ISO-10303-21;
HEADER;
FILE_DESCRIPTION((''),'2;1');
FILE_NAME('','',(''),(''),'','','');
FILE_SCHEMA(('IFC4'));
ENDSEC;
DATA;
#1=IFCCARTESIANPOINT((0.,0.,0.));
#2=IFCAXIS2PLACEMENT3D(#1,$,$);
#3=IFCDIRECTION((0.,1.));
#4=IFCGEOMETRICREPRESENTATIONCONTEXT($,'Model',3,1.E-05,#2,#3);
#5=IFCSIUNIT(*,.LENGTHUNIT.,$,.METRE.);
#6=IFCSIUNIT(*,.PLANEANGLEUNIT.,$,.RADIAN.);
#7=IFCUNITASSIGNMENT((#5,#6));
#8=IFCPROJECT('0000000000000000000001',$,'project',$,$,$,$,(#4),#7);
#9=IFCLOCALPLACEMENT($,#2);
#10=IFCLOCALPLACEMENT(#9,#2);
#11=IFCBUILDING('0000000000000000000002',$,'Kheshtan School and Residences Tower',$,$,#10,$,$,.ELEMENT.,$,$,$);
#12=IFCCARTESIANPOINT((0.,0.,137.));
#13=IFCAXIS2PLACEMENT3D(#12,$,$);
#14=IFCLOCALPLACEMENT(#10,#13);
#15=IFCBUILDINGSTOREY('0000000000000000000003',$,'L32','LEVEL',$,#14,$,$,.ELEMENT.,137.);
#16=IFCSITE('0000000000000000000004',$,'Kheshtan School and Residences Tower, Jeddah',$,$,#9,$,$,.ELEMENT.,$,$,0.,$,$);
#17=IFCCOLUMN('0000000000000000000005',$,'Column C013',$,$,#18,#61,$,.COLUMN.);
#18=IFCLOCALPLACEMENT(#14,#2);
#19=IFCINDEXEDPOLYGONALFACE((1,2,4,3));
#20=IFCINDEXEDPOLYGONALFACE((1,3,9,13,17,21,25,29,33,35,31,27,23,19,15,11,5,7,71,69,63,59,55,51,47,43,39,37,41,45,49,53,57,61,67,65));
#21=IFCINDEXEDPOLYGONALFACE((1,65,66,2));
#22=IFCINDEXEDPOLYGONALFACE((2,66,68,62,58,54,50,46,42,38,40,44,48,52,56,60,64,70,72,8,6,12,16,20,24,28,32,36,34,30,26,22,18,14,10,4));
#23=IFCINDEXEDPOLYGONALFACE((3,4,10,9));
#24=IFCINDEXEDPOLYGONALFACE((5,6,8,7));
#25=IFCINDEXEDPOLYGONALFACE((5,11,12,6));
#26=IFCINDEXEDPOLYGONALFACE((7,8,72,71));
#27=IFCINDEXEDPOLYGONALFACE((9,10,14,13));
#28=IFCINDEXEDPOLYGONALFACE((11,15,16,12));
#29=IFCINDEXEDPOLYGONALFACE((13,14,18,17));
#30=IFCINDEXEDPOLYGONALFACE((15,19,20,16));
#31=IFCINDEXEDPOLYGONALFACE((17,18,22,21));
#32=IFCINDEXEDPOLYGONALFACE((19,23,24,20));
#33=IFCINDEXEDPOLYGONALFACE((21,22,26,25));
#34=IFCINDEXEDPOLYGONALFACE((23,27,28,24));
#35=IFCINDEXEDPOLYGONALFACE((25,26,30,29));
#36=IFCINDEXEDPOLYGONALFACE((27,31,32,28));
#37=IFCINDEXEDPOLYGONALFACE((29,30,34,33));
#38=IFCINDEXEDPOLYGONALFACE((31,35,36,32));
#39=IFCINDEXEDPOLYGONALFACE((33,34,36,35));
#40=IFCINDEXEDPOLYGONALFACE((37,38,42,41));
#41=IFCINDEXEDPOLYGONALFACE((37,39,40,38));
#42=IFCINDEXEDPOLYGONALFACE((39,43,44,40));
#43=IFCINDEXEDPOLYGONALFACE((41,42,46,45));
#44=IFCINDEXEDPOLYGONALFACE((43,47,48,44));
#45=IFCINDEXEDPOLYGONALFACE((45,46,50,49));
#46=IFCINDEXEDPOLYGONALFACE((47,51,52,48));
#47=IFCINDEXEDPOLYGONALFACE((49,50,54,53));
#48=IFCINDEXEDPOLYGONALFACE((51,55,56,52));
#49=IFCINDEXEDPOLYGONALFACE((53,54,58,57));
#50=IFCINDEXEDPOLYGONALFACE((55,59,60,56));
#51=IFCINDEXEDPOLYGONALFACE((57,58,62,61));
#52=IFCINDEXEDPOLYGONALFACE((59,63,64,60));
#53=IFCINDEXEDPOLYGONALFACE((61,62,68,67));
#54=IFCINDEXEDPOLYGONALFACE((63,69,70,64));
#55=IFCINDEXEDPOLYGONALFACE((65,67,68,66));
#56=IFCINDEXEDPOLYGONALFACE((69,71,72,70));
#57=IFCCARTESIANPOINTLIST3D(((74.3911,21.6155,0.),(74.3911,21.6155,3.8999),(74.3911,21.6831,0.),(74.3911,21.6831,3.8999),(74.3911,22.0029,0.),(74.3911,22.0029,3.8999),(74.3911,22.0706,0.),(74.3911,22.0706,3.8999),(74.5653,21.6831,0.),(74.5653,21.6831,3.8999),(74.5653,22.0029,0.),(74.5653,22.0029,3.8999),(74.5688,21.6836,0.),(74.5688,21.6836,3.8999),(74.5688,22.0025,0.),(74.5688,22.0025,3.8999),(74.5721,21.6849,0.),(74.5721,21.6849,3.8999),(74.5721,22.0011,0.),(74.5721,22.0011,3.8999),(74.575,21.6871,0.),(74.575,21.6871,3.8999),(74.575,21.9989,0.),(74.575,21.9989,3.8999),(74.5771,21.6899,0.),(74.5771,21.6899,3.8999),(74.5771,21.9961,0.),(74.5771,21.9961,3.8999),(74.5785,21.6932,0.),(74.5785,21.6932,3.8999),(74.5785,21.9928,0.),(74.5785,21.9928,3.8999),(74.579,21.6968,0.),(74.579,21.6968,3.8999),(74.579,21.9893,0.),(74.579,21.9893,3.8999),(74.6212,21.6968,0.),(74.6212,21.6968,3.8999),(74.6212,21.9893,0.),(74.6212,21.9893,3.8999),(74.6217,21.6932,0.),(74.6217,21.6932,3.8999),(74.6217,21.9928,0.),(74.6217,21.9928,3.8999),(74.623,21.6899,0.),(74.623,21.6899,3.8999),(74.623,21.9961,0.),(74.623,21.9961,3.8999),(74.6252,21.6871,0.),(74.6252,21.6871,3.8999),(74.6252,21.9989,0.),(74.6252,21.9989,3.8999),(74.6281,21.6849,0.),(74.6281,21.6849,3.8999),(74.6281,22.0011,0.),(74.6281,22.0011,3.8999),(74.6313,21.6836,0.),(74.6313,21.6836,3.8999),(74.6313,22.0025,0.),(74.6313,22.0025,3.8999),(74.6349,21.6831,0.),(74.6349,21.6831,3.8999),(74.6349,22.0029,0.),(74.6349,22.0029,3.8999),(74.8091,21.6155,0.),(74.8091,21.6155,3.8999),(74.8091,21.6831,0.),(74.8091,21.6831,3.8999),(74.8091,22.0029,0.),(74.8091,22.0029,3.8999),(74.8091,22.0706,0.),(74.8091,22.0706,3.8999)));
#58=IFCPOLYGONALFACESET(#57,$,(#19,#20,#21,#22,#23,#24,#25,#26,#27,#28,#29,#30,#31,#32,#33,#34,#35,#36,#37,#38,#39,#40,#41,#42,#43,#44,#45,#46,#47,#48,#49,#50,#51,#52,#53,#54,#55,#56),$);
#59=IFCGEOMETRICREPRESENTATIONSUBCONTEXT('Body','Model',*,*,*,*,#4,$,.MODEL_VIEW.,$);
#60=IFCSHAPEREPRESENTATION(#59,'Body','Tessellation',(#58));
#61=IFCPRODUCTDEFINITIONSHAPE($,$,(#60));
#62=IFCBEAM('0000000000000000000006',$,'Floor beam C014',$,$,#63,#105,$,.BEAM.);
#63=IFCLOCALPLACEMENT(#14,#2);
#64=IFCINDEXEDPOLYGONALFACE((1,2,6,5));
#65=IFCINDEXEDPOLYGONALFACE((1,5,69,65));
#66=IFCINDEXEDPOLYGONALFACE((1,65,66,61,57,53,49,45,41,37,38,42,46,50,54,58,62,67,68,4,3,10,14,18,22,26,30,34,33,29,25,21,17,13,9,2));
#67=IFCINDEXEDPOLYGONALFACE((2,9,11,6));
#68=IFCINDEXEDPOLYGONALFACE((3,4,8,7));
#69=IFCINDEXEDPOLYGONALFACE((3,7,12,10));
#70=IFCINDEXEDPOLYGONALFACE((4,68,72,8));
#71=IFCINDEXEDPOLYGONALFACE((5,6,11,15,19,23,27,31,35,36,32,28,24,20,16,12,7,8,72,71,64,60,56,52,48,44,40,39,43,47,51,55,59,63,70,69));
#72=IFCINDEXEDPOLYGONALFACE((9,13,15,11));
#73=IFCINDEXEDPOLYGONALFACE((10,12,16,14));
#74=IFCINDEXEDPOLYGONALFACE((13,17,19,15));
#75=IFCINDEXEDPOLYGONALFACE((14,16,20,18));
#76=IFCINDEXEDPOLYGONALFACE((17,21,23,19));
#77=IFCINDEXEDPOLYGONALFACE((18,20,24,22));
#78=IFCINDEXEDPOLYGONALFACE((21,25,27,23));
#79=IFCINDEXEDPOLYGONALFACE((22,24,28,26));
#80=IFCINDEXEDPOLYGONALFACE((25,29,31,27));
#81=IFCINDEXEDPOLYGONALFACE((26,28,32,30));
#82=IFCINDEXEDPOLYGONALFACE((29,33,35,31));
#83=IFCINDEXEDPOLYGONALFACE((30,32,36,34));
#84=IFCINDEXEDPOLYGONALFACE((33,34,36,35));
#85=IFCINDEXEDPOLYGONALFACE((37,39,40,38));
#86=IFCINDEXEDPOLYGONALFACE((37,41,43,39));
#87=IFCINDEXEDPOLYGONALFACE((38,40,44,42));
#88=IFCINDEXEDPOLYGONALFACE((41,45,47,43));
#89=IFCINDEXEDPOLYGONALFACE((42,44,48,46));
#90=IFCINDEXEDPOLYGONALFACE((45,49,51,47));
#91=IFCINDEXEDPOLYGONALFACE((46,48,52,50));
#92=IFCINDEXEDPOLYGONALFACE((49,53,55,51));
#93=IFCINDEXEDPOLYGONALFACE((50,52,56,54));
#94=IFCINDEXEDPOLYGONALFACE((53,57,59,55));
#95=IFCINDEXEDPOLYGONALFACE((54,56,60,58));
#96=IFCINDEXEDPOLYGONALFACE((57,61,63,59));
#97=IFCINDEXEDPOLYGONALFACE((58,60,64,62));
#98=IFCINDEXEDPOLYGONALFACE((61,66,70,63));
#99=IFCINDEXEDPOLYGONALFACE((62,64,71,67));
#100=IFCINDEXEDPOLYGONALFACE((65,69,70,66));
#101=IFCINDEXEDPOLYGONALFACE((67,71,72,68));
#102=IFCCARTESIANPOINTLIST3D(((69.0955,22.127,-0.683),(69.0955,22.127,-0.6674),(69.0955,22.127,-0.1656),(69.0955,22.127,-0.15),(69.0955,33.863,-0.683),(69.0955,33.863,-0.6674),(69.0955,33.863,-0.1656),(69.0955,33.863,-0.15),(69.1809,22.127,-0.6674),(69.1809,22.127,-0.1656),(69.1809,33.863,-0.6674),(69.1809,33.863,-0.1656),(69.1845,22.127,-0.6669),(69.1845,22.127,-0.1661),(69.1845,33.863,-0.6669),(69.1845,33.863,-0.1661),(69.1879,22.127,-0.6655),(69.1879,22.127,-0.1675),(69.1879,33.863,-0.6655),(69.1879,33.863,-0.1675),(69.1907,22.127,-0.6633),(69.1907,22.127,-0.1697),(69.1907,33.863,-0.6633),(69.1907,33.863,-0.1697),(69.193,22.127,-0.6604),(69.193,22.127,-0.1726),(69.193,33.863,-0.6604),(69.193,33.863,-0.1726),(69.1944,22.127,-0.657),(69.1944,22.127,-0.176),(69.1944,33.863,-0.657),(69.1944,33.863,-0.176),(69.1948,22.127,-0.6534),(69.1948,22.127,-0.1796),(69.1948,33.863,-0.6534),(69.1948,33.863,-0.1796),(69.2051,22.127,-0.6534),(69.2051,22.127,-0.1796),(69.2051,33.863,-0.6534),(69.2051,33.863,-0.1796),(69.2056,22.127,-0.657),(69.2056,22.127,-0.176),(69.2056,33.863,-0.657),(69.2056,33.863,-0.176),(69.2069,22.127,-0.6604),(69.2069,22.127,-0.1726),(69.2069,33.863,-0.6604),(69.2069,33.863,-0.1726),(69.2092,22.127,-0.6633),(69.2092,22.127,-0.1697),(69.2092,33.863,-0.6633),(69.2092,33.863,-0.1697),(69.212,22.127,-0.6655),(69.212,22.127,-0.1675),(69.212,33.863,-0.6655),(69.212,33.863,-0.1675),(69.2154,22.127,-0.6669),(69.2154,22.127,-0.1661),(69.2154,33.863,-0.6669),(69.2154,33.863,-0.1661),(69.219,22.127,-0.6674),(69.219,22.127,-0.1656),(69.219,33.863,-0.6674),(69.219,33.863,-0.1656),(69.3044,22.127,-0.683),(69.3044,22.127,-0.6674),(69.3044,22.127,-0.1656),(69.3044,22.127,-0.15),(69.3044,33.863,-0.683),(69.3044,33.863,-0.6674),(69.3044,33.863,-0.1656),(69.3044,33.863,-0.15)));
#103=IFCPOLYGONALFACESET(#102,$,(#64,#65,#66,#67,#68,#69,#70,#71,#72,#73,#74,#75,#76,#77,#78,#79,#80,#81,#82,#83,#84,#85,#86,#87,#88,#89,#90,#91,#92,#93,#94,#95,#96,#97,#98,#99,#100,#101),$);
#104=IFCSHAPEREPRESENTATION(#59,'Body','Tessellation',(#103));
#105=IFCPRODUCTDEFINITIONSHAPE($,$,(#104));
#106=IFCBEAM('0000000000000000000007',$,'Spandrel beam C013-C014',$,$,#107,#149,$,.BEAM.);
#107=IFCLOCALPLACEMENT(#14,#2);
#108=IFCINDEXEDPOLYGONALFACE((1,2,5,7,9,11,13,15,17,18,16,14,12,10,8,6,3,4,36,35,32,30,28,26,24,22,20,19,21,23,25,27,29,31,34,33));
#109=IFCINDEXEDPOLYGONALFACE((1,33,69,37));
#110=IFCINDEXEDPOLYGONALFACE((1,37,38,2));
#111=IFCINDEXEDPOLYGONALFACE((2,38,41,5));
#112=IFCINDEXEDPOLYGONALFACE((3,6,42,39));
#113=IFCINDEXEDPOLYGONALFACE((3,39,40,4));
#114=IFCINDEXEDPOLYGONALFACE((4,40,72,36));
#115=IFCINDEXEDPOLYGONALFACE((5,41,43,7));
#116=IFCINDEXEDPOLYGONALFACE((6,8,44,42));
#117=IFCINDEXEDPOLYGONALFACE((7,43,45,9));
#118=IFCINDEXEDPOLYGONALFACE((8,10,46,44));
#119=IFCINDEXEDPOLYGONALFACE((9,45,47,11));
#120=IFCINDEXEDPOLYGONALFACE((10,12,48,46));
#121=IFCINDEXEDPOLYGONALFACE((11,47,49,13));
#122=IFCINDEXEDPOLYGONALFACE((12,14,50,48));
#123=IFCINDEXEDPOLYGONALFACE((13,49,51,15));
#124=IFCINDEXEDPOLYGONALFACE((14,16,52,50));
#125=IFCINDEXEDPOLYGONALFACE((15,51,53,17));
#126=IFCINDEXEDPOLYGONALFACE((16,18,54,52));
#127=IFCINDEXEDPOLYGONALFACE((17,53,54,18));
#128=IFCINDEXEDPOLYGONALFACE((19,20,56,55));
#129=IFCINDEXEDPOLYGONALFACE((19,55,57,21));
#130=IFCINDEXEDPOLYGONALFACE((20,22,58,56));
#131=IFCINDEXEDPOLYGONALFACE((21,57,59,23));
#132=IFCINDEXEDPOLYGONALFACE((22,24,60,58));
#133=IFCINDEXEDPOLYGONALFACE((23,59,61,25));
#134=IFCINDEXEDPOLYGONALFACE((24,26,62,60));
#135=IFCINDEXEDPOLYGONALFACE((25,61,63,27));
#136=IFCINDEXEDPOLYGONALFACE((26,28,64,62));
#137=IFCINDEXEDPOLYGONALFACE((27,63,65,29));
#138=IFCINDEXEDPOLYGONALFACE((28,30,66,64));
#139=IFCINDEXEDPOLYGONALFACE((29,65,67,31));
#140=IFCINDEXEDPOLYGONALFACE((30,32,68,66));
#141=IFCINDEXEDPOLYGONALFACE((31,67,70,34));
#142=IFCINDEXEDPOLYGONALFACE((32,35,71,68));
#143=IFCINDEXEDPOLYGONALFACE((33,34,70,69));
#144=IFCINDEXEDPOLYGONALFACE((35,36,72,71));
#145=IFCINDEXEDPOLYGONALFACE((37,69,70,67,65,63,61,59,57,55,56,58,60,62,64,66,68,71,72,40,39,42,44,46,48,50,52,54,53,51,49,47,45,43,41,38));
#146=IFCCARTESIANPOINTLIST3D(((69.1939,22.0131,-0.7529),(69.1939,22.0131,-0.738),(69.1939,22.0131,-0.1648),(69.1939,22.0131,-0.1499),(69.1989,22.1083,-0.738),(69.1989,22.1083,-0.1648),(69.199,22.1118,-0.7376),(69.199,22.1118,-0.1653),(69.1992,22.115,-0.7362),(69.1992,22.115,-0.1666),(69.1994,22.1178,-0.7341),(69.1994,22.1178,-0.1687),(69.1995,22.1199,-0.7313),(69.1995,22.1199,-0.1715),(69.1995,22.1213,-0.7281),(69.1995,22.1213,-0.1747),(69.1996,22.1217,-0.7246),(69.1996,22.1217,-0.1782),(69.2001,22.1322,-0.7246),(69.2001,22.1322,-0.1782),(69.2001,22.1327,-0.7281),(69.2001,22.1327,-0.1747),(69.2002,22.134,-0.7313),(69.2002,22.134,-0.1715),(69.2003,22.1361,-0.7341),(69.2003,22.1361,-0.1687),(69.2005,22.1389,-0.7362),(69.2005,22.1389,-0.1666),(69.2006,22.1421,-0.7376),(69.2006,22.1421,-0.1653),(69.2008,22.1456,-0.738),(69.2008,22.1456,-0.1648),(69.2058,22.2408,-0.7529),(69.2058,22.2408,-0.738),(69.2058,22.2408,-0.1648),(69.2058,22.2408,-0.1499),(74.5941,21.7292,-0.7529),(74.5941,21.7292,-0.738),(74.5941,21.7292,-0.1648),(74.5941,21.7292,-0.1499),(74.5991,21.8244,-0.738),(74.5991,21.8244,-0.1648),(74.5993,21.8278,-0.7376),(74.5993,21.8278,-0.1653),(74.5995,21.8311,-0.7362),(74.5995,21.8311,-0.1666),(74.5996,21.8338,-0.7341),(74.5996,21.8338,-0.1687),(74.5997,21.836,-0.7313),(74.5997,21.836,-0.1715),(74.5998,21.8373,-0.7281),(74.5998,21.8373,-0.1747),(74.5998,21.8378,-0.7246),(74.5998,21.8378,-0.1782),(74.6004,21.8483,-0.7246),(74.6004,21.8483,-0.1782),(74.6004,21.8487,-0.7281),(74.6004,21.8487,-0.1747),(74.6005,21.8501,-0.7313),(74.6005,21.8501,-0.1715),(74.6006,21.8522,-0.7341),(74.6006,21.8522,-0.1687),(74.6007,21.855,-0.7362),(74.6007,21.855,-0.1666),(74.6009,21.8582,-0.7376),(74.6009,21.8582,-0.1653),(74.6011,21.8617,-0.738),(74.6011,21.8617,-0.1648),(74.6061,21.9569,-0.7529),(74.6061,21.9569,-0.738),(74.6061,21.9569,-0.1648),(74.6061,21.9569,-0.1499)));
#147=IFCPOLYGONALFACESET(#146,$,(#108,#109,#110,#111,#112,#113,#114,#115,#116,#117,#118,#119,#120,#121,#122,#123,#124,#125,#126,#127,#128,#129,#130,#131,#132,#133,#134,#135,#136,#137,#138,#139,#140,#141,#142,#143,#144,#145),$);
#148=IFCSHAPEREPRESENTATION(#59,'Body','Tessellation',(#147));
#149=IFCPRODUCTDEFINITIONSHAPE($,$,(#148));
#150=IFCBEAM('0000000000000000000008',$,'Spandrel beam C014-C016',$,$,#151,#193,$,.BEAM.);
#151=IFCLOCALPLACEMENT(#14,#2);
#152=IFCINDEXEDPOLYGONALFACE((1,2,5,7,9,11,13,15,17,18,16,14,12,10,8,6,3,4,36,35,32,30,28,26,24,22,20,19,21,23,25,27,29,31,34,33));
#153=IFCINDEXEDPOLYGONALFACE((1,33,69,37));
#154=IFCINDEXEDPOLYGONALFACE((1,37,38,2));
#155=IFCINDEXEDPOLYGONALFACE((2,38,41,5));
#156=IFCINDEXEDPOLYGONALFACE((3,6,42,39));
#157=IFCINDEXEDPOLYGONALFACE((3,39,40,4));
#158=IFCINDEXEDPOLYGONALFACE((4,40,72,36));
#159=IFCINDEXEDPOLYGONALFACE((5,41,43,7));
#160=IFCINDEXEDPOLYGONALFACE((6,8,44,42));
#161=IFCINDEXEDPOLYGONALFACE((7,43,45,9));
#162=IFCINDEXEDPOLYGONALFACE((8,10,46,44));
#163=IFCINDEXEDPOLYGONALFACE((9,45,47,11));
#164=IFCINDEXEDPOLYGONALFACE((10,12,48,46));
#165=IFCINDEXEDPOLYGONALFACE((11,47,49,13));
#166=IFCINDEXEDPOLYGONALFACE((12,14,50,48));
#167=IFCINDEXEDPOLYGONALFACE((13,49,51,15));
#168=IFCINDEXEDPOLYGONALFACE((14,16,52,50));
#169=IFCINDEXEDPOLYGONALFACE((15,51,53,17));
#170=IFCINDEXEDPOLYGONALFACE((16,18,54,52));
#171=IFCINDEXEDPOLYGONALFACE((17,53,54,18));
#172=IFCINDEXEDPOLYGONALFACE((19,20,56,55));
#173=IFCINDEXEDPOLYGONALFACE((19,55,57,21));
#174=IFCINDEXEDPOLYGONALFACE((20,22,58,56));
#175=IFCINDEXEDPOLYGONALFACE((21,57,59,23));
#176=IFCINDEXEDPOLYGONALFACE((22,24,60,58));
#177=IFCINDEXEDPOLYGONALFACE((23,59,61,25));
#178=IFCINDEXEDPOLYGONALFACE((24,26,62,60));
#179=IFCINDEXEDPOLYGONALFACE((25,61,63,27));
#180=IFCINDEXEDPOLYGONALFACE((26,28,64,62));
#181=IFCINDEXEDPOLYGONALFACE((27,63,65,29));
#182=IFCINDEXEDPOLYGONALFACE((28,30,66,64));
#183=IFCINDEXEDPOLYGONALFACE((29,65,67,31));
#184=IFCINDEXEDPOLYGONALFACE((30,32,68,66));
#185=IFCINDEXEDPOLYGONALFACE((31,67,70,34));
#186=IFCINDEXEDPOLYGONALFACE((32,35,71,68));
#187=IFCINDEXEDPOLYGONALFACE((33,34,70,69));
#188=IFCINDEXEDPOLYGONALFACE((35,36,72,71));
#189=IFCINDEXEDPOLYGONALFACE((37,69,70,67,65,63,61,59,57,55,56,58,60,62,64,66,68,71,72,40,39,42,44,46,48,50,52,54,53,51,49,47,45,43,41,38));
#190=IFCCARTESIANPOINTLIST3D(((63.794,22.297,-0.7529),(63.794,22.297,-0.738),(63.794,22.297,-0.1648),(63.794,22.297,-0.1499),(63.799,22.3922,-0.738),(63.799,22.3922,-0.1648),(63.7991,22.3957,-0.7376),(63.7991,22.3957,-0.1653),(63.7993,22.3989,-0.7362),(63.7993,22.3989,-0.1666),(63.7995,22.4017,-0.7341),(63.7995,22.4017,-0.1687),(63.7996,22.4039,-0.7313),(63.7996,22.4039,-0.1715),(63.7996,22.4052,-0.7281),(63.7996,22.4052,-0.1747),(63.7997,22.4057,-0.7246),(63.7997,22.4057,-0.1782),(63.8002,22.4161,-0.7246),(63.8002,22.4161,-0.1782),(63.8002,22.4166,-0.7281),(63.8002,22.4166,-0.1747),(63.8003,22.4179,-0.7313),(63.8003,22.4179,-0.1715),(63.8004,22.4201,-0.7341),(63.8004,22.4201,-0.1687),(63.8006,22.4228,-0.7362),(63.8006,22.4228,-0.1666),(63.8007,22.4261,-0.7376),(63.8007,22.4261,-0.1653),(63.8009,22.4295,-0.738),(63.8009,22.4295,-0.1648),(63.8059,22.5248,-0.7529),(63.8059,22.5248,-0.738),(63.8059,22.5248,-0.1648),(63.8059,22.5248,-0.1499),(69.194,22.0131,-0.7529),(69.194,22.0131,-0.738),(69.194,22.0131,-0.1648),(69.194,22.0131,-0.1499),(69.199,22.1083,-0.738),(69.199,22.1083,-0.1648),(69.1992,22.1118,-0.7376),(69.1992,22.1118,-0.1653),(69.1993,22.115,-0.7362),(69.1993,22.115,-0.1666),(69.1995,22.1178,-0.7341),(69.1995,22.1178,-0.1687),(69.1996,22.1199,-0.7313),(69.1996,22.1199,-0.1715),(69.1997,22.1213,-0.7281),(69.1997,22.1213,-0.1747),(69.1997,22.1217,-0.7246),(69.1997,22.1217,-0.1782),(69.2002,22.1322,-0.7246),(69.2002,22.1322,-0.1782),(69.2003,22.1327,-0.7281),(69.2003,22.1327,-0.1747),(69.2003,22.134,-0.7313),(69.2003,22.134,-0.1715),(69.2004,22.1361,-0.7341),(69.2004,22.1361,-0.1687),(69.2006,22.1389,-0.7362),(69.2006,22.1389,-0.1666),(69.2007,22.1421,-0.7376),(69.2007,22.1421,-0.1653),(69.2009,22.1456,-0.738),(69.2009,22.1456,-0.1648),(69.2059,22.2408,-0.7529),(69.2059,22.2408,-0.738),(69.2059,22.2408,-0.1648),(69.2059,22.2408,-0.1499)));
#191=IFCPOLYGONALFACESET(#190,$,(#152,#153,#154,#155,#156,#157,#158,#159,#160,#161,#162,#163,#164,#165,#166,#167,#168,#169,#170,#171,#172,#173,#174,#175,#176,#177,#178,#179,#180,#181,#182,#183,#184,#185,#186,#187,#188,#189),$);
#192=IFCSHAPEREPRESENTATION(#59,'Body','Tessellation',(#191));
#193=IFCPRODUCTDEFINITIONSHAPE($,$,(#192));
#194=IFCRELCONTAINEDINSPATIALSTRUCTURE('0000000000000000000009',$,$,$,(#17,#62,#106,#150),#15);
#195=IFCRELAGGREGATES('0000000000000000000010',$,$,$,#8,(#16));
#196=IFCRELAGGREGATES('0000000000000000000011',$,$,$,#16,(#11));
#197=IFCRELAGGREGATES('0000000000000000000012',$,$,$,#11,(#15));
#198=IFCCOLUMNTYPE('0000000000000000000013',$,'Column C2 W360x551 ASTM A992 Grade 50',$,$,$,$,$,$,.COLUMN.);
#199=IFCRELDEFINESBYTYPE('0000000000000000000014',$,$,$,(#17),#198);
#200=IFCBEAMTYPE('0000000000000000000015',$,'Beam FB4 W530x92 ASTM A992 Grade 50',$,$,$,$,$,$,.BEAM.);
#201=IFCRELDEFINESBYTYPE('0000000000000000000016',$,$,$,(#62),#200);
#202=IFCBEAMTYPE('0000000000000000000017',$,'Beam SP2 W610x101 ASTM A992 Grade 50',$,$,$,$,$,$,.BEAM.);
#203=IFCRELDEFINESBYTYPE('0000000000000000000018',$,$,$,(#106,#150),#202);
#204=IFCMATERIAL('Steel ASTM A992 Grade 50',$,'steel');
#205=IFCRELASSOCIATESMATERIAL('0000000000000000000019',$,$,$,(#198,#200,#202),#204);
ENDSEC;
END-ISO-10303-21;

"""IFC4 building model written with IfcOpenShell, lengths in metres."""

from ifc_helpers import new_model, si_unit, direction, frame, origin, origin_2d, place, context, subcontext, project, spatial, i_section, extrude, material, material_profile, profile_set, type_object, element, save


model = new_model("IFC4")

# Units and contexts
model_context = context("Model", 3, precision=1e-05, world=origin(), true_north=direction((0.0, 1.0)))
body_context = subcontext(model_context, "Body", "Model", "MODEL_VIEW")
ifc_project = project(units=[si_unit("LENGTHUNIT", "METRE"), si_unit("PLANEANGLEUNIT", "RADIAN")], contexts=[model_context])

# Site, building, storey
site_placement = place(None, origin())
site = spatial("IfcSite", under=ifc_project, at=site_placement, Name="Kheshtan School and Residences Tower, Jeddah", CompositionType="ELEMENT", RefElevation=0.0)
building_placement = place(site_placement, origin())
building = spatial("IfcBuilding", under=site, at=building_placement, Name="Kheshtan School and Residences Tower", CompositionType="ELEMENT")
storey_placement = place(building_placement, frame((0.0, 0.0, 137.0)))
storey = spatial("IfcBuildingStorey", under=building, at=storey_placement, Name="L32", Description="LEVEL", CompositionType="ELEMENT", Elevation=137.0)

# Column
ifc_material_1 = material(Name="Steel ASTM A992 Grade 50", Category="steel")
ifc_material_profile_1 = material_profile(ifc_material_1, i_section(OverallWidth=0.418, OverallDepth=0.4551, WebThickness=0.0422, FlangeThickness=0.0676, FilletRadius=0.0137, at=origin_2d()), Name="W360x551")
ifc_profile_set_1 = profile_set([ifc_material_profile_1], Name="Steel ASTM A992 Grade 50")
column_type = type_object("IfcColumnType", Name="Column C2 W360x551 ASTM A992 Grade 50", PredefinedType="COLUMN", material=ifc_profile_set_1)
column_placement = place(storey_placement, frame((74.6001, 21.843, 0.0), z_axis=(0.0, 0.0, 1.0), x_axis=(1.0, 0.0, 0.0)))
element("IfcColumn", 1, at=column_placement, inside=storey, type_object=column_type, Name="Column C013", PredefinedType="COLUMN", context=body_context, shape_type="SweptSolid", body=[
    extrude(i_section(OverallWidth=0.418, OverallDepth=0.4551, WebThickness=0.0422, FlangeThickness=0.0676, FilletRadius=0.0137, at=origin_2d()), origin(), (0.0, 0.0, 1.0), 3.8999),
])

# Beams
ifc_material_profile_2 = material_profile(ifc_material_1, i_section(OverallWidth=0.209, OverallDepth=0.533, WebThickness=0.0103, FlangeThickness=0.0156, FilletRadius=0.0139, at=origin_2d()), Name="W530x92")
ifc_profile_set_2 = profile_set([ifc_material_profile_2], Name="Steel ASTM A992 Grade 50")
beam_type_1 = type_object("IfcBeamType", Name="Beam FB4 W530x92 ASTM A992 Grade 50", PredefinedType="BEAM", material=ifc_profile_set_2)
beam_1_placement = place(storey_placement, frame((69.2, 22.127, -0.4165), z_axis=(0.0, 1.0, 0.0), x_axis=(-1.0, 0.0, 0.0)))
element("IfcBeam", 2, at=beam_1_placement, inside=storey, type_object=beam_type_1, Name="Floor beam C014", PredefinedType="BEAM", context=body_context, shape_type="SweptSolid", body=[
    extrude(i_section(OverallWidth=0.209, OverallDepth=0.533, WebThickness=0.0103, FlangeThickness=0.0156, FilletRadius=0.0139, at=origin_2d()), origin(), (0.0, 0.0, 1.0), 11.7361),
])
ifc_material_profile_3 = material_profile(ifc_material_1, i_section(OverallWidth=0.228, OverallDepth=0.603, WebThickness=0.0105, FlangeThickness=0.0149, FilletRadius=0.0134, at=origin_2d()), Name="W610x101")
ifc_profile_set_3 = profile_set([ifc_material_profile_3], Name="Steel ASTM A992 Grade 50")
beam_type_2 = type_object("IfcBeamType", Name="Beam SP2 W610x101 ASTM A992 Grade 50", PredefinedType="BEAM", material=ifc_profile_set_3)
beam_2_placement = place(storey_placement, frame((74.6001, 21.843, -0.4514), z_axis=(-0.998621, 0.052507, 0.0), x_axis=(-0.052507, -0.998621, 0.0)))
element("IfcBeam", 3, at=beam_2_placement, inside=storey, type_object=beam_type_2, Name="Spandrel beam C013-C014", PredefinedType="BEAM", context=body_context, shape_type="SweptSolid", body=[
    extrude(i_section(OverallWidth=0.228, OverallDepth=0.603, WebThickness=0.0105, FlangeThickness=0.0149, FilletRadius=0.0134, at=origin_2d()), origin(), (0.0, 0.0, 1.0), 5.4077),
])
beam_3_placement = place(storey_placement, frame((69.2, 22.127, -0.4514), z_axis=(-0.99862, 0.052509, 0.0), x_axis=(-0.052509, -0.99862, 0.0)))
element("IfcBeam", 4, at=beam_3_placement, inside=storey, type_object=beam_type_2, Name="Spandrel beam C014-C016", PredefinedType="BEAM", context=body_context, shape_type="SweptSolid", body=[
    extrude(i_section(OverallWidth=0.228, OverallDepth=0.603, WebThickness=0.0105, FlangeThickness=0.0149, FilletRadius=0.0134, at=origin_2d()), origin(), (0.0, 0.0, 1.0), 5.4075),
])

save(model, "model.ifc")
